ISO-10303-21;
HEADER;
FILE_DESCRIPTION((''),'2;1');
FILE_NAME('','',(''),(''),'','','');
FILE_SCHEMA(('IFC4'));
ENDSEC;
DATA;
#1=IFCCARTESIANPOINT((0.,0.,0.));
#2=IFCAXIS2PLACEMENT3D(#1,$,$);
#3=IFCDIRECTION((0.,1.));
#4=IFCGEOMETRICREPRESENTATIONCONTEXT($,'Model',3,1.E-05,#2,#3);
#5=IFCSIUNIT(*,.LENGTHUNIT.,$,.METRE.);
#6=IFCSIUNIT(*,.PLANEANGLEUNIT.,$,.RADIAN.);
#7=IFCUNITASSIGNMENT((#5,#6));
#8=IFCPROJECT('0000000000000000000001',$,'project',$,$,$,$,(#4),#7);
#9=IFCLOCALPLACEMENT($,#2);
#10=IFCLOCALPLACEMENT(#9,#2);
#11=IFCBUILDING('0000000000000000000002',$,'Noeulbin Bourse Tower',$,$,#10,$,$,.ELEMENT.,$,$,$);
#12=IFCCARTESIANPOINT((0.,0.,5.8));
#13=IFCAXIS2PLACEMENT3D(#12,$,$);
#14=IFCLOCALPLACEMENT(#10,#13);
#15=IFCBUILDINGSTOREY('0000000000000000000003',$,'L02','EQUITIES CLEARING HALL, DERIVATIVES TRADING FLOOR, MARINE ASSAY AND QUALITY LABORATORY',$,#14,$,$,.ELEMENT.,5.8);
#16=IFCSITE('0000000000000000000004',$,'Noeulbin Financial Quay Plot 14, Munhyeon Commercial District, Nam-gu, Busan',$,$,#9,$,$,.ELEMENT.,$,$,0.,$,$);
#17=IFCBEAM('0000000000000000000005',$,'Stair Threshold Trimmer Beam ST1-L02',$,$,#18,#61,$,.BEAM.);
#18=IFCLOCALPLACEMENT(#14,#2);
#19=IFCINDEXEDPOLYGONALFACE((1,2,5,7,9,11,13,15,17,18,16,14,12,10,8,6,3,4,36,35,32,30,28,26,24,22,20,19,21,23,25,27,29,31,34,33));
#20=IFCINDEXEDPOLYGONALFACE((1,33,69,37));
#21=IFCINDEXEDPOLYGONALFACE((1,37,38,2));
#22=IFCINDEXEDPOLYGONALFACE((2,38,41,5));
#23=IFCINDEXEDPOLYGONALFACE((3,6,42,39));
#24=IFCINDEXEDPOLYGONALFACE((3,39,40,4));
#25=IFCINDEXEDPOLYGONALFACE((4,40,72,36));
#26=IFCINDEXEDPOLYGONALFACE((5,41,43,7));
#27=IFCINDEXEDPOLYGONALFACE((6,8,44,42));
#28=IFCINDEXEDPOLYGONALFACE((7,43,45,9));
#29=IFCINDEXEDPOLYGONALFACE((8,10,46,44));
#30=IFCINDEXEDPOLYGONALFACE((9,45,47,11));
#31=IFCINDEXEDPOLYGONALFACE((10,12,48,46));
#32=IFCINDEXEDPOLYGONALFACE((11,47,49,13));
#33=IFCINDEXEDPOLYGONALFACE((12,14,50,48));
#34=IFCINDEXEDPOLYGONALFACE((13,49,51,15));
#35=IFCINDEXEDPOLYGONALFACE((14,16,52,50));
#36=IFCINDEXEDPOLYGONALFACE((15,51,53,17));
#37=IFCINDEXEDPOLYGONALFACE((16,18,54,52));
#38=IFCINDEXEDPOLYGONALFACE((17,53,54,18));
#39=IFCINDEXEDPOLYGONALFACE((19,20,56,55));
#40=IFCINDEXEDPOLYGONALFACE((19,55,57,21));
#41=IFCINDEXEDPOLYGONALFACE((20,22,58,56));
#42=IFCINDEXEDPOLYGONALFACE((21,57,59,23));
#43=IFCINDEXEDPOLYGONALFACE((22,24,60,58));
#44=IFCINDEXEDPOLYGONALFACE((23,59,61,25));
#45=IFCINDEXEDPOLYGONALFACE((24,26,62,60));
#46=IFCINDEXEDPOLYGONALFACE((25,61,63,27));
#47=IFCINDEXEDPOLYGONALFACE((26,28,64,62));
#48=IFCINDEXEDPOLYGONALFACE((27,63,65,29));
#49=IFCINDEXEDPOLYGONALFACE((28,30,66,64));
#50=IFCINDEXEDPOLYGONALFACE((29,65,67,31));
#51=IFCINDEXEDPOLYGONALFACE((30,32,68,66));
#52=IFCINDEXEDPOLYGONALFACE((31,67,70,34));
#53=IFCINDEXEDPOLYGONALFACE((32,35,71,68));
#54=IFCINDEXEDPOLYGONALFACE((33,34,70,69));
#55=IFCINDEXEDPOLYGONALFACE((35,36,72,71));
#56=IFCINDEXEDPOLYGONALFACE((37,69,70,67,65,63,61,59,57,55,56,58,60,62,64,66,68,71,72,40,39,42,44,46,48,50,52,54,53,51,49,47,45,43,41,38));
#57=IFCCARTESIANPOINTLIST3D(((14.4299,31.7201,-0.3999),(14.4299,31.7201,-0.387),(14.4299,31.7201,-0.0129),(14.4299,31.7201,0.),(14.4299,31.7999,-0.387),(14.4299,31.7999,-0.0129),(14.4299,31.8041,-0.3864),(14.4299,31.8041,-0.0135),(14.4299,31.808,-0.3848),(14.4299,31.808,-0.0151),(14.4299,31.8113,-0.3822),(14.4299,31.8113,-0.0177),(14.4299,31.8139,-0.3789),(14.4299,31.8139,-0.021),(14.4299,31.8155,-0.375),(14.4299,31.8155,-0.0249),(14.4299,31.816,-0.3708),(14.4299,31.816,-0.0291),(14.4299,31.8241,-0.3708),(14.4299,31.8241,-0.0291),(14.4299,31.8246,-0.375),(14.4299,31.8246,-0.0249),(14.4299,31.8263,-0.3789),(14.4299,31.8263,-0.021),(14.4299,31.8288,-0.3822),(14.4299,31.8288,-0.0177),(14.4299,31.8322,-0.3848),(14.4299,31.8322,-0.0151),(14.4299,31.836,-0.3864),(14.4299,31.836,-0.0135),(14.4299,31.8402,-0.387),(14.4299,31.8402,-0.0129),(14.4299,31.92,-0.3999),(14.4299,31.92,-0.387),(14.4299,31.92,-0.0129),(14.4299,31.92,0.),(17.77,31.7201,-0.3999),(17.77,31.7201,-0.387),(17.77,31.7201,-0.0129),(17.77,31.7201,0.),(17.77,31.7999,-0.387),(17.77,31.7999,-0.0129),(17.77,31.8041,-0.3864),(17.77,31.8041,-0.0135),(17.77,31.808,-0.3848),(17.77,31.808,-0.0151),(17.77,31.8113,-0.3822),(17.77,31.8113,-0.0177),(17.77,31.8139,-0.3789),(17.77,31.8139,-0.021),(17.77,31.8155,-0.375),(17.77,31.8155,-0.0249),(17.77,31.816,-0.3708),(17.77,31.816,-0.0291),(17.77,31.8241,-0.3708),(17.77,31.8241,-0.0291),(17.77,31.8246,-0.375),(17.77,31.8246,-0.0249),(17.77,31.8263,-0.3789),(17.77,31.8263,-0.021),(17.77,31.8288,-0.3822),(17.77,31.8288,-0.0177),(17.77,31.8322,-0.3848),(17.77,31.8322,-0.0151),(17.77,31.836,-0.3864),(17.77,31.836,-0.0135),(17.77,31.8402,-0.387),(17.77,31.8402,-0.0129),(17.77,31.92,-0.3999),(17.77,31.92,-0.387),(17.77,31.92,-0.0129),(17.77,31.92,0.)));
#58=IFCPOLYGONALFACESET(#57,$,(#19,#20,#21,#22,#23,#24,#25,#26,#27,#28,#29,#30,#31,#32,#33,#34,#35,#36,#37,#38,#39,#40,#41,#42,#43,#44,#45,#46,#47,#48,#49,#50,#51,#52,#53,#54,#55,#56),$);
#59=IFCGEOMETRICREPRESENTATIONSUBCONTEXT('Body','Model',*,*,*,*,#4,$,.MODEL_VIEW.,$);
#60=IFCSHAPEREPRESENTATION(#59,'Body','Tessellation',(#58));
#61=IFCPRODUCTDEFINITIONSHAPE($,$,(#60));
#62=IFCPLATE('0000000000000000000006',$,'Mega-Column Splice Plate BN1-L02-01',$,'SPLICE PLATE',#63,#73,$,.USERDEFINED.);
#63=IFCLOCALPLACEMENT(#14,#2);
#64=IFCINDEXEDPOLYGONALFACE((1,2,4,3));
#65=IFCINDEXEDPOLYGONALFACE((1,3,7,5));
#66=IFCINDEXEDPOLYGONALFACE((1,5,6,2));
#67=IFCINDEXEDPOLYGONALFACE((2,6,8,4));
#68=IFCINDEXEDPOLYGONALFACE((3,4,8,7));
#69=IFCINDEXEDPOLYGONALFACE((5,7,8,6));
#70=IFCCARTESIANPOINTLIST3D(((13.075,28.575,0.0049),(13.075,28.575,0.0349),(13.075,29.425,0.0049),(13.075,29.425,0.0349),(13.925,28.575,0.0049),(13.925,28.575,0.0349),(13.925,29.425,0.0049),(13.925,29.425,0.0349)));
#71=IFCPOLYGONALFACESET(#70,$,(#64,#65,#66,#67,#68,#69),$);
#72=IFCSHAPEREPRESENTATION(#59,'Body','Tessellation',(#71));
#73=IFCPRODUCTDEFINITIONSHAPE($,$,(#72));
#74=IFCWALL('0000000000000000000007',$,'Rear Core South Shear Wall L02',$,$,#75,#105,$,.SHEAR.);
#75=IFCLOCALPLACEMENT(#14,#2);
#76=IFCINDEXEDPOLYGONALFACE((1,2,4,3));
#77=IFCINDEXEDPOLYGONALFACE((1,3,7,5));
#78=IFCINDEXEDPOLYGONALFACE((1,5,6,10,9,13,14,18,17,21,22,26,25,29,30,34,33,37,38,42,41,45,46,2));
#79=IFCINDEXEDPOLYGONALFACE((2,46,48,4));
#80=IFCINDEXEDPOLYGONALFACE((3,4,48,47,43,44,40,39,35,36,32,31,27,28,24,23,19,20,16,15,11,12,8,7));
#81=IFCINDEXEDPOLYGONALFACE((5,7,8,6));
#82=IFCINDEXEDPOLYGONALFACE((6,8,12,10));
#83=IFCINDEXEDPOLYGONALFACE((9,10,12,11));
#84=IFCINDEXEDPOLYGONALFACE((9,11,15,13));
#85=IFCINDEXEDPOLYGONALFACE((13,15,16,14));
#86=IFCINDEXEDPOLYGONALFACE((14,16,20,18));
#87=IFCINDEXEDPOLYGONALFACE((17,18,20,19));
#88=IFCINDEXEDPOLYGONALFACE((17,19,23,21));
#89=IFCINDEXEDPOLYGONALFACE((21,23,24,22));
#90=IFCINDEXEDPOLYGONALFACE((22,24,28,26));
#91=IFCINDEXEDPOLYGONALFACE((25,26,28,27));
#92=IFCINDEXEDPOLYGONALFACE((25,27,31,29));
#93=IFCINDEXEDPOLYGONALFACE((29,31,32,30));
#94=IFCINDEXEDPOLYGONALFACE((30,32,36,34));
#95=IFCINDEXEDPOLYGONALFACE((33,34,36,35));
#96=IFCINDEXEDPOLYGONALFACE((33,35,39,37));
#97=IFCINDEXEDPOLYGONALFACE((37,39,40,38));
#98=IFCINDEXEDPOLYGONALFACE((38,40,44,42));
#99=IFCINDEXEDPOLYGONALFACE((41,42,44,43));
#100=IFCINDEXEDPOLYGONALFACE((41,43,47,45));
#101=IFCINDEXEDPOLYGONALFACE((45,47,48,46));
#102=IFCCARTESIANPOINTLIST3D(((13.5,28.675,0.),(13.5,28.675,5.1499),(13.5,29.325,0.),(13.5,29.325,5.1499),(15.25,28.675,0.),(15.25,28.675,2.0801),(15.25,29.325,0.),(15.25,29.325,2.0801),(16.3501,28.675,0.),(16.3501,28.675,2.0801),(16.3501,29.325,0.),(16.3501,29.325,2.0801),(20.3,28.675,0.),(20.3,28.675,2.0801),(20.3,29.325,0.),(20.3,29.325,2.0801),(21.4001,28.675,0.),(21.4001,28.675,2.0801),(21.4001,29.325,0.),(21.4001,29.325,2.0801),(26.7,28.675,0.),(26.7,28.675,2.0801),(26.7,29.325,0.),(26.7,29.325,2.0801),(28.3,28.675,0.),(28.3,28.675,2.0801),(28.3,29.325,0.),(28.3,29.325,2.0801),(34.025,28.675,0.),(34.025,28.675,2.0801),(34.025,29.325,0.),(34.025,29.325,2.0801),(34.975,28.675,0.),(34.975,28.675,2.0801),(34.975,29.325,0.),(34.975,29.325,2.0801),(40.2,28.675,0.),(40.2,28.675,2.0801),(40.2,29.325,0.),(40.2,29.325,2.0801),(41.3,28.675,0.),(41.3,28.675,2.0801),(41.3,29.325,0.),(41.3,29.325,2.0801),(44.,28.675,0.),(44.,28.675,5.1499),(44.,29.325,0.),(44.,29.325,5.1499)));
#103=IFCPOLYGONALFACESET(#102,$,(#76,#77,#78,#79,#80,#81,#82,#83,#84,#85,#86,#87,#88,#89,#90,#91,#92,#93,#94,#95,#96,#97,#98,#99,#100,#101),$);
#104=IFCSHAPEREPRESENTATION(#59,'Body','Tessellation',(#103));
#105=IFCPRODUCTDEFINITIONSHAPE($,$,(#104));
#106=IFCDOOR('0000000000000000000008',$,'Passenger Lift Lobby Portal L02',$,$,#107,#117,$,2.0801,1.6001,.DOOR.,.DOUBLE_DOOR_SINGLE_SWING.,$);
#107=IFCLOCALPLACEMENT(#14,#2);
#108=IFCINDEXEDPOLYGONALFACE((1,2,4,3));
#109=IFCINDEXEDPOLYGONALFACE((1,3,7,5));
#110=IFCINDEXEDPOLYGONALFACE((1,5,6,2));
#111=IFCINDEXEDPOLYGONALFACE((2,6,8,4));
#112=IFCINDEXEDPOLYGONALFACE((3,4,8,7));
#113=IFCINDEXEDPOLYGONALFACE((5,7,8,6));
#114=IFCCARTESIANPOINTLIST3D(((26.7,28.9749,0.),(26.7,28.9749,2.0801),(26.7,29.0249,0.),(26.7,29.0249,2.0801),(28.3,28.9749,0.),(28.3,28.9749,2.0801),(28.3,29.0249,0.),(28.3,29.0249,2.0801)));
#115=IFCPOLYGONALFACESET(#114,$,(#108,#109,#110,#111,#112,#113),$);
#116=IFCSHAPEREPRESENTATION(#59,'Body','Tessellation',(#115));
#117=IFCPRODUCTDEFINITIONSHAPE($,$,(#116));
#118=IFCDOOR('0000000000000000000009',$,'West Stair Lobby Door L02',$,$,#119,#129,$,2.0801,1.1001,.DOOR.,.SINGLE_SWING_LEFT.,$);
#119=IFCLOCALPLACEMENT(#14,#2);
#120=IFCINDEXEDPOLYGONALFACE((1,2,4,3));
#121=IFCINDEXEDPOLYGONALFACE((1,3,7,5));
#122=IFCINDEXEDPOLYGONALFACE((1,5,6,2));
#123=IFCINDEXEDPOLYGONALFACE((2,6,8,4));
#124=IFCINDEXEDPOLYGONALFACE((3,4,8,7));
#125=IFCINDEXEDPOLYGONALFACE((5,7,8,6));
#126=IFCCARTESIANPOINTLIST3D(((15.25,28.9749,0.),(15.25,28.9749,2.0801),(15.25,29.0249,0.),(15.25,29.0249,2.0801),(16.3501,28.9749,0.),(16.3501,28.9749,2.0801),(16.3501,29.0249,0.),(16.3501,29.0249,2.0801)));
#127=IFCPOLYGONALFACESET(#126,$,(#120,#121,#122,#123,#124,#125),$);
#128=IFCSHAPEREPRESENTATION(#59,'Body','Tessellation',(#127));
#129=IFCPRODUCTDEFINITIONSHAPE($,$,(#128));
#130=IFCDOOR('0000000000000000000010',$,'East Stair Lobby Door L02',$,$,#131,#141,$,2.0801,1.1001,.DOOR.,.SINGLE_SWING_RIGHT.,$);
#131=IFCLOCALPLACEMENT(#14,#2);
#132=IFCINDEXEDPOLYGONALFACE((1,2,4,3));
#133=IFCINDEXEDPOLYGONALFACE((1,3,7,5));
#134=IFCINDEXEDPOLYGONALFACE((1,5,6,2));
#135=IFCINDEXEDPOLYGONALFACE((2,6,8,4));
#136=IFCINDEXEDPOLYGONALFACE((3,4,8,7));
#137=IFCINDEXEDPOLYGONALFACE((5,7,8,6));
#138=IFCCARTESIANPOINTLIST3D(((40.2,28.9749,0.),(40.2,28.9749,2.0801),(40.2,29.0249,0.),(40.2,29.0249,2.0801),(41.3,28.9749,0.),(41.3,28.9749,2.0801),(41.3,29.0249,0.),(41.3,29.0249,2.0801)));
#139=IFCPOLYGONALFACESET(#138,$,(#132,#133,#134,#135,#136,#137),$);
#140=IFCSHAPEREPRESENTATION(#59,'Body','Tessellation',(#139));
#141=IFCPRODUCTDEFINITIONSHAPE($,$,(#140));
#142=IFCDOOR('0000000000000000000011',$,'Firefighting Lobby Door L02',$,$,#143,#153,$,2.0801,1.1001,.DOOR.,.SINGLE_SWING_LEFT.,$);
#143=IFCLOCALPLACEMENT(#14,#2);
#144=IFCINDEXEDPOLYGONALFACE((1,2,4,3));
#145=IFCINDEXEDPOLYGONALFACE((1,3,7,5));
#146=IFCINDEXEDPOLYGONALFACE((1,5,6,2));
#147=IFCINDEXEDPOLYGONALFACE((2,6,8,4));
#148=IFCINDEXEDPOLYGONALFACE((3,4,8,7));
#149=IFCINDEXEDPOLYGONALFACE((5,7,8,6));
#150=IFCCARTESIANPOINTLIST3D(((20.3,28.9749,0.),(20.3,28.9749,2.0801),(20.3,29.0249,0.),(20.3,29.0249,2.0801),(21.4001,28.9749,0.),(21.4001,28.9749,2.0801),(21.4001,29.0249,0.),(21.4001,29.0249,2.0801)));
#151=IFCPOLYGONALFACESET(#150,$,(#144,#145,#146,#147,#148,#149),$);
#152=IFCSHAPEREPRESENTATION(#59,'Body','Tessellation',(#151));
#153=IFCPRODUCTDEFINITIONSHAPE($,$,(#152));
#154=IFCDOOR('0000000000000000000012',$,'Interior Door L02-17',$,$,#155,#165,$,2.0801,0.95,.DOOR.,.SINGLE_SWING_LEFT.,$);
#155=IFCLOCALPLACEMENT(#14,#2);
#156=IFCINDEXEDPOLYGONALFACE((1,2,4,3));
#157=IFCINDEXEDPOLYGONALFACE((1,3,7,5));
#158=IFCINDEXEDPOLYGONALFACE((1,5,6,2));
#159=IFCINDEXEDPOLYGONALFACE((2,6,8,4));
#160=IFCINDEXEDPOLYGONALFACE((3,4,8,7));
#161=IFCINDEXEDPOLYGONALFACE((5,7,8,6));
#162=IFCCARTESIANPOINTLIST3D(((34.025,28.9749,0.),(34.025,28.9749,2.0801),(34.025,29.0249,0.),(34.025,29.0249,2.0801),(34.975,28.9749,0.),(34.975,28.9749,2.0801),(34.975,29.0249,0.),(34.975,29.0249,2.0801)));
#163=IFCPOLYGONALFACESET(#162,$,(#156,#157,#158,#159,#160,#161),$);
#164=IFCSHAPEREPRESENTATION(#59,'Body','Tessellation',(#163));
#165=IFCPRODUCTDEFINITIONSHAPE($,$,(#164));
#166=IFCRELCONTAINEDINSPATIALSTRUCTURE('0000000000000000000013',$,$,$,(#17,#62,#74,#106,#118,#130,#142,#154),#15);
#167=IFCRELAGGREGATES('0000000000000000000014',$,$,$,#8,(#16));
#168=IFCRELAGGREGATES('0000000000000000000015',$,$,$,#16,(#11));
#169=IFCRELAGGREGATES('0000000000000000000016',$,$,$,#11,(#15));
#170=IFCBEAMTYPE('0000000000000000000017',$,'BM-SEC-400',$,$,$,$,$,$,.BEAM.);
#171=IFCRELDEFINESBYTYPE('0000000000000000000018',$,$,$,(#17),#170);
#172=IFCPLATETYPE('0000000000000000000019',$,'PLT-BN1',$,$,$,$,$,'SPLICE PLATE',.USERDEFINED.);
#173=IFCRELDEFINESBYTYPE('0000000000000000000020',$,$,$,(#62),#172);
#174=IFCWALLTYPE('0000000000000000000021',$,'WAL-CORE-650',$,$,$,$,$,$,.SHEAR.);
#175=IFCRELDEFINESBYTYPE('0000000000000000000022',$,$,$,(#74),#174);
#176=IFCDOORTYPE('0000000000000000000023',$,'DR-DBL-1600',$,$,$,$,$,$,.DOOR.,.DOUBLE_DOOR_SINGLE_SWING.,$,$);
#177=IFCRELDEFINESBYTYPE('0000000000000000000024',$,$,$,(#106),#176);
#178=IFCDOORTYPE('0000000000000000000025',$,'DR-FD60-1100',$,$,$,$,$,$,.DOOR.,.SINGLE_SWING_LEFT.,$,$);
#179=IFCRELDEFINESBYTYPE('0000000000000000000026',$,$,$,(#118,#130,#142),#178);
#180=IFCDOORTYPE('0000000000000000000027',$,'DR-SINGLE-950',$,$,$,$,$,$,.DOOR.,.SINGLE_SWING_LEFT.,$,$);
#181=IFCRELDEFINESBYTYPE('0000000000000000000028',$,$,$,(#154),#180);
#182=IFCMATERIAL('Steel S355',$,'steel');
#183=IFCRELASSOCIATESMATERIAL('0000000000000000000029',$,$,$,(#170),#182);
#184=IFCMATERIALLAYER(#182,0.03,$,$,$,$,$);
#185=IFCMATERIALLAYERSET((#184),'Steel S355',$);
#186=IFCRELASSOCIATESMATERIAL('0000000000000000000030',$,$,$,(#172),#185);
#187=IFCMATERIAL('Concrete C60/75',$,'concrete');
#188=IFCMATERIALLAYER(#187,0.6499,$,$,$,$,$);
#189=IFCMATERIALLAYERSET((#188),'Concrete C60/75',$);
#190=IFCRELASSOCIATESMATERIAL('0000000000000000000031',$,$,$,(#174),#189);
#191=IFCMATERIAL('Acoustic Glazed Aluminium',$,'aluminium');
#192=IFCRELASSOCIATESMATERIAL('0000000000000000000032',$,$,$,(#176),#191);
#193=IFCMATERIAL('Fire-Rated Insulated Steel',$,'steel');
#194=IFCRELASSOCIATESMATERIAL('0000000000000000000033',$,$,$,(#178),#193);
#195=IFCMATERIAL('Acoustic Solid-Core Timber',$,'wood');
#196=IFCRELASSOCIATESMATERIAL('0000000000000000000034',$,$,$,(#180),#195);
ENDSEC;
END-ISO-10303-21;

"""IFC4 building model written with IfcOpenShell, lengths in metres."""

from ifc_helpers import new_model, si_unit, direction, frame, frame_2d, origin, origin_2d, place, context, subcontext, project, spatial, rectangle, i_section, extrude, material, layer, layer_set, material_profile, profile_set, type_object, element, fill, save


model = new_model("IFC4")

# Units and contexts
model_context = context("Model", 3, precision=1e-05, world=origin(), true_north=direction((0.0, 1.0)))
body_context = subcontext(model_context, "Body", "Model", "MODEL_VIEW")
ifc_project = project(units=[si_unit("LENGTHUNIT", "METRE"), si_unit("PLANEANGLEUNIT", "RADIAN")], contexts=[model_context])

# Site, building, storey
site_placement = place(None, origin())
site = spatial("IfcSite", under=ifc_project, at=site_placement, Name="Noeulbin Financial Quay Plot 14, Munhyeon Commercial District, Nam-gu, Busan", CompositionType="ELEMENT", RefElevation=0.0)
building_placement = place(site_placement, origin())
building = spatial("IfcBuilding", under=site, at=building_placement, Name="Noeulbin Bourse Tower", CompositionType="ELEMENT")
storey_placement = place(building_placement, frame((0.0, 0.0, 5.8)))
storey = spatial("IfcBuildingStorey", under=building, at=storey_placement, Name="L02", Description="EQUITIES CLEARING HALL, DERIVATIVES TRADING FLOOR, MARINE ASSAY AND QUALITY LABORATORY", CompositionType="ELEMENT", Elevation=5.8)

# Beam
ifc_material_1 = material(Name="Steel S355", Category="steel")
ifc_material_profile_1 = material_profile(ifc_material_1, i_section(OverallWidth=0.2, OverallDepth=0.3999, WebThickness=0.0081, FlangeThickness=0.0129, FilletRadius=0.0161, at=origin_2d()), Name="H-400x200x8x13", Category="LoadBearing")
ifc_profile_set_1 = profile_set([ifc_material_profile_1], Name="Steel S355")
beam_type_1 = type_object("IfcBeamType", Name="BM-SEC-400", PredefinedType="BEAM", material=ifc_profile_set_1)
beam_1_placement = place(storey_placement, frame((14.4299, 31.8201, -0.2), z_axis=(1.0, 0.0, 0.0), x_axis=(0.0, 1.0, 0.0)))
element("IfcBeam", 1, at=beam_1_placement, inside=storey, type_object=beam_type_1, Name="Stair Threshold Trimmer Beam ST1-L02", PredefinedType="BEAM", context=body_context, shape_type="SweptSolid", body=[
    extrude(i_section(OverallWidth=0.2, OverallDepth=0.3999, WebThickness=0.0081, FlangeThickness=0.0129, FilletRadius=0.0161, at=origin_2d()), origin(), (0.0, 0.0, 1.0), 3.3401),
])

# Plate
ifc_layer_1 = layer(ifc_material_1, 0.03)
ifc_layer_set_1 = layer_set([ifc_layer_1], Name="Steel S355")
plate_type = type_object("IfcPlateType", Name="PLT-BN1", ElementType="SPLICE PLATE", PredefinedType="USERDEFINED", material=ifc_layer_set_1)
plate_placement = place(storey_placement, frame((13.5, 29.0, 0.0049), z_axis=(0.0, 0.0, 1.0), x_axis=(1.0, 0.0, 0.0)))
element("IfcPlate", 2, at=plate_placement, inside=storey, type_object=plate_type, Name="Mega-Column Splice Plate BN1-L02-01", ObjectType="SPLICE PLATE", PredefinedType="USERDEFINED", context=body_context, shape_type="SweptSolid", body=[
    extrude(rectangle(XDim=0.8501, YDim=0.8501, at=origin_2d()), origin(), (0.0, 0.0, 1.0), 0.03),
])

# Wall, openings, doors
ifc_material_2 = material(Name="Concrete C60/75", Category="concrete")
ifc_layer_2 = layer(ifc_material_2, 0.6499)
ifc_layer_set_2 = layer_set([ifc_layer_2], Name="Concrete C60/75")
wall_type_1 = type_object("IfcWallType", Name="WAL-CORE-650", PredefinedType="SHEAR", material=ifc_layer_set_2)
wall_1_placement = place(storey_placement, frame((13.5, 29.0, 0.0), z_axis=(0.0, 0.0, 1.0), x_axis=(1.0, 0.0, 0.0)))
wall_1 = element("IfcWall", 3, at=wall_1_placement, inside=storey, type_object=wall_type_1, Name="Rear Core South Shear Wall L02", PredefinedType="SHEAR", context=body_context, shape_type="SweptSolid", body=[
    extrude(rectangle(XDim=30.5, YDim=0.6499, at=frame_2d((15.25, 0.0))), origin(), (0.0, 0.0, 1.0), 5.1499),
])
opening_1_placement = place(wall_1_placement, frame((1.75, 0.0, 0.0)))
opening_1 = element("IfcOpeningElement", 4, at=opening_1_placement, cuts=wall_1, PredefinedType="OPENING", context=body_context, shape_type="SweptSolid", body=[
    extrude(rectangle(XDim=1.1001, YDim=2.0801, at=frame_2d((0.55, 1.04))), frame((0.0, 0.335, 0.0), z_axis=(0.0, -1.0, 0.0), x_axis=(1.0, 0.0, 0.0)), (0.0, 0.0, 1.0), 0.6699),
])
opening_2_placement = place(wall_1_placement, frame((26.7, 0.0, 0.0)))
opening_2 = element("IfcOpeningElement", 5, at=opening_2_placement, cuts=wall_1, PredefinedType="OPENING", context=body_context, shape_type="SweptSolid", body=[
    extrude(rectangle(XDim=1.1001, YDim=2.0801, at=frame_2d((0.55, 1.04))), frame((0.0, 0.335, 0.0), z_axis=(0.0, -1.0, 0.0), x_axis=(1.0, 0.0, 0.0)), (0.0, 0.0, 1.0), 0.6699),
])
opening_3_placement = place(wall_1_placement, frame((6.8, 0.0, 0.0)))
opening_3 = element("IfcOpeningElement", 6, at=opening_3_placement, cuts=wall_1, PredefinedType="OPENING", context=body_context, shape_type="SweptSolid", body=[
    extrude(rectangle(XDim=1.1001, YDim=2.0801, at=frame_2d((0.55, 1.04))), frame((0.0, 0.335, 0.0), z_axis=(0.0, -1.0, 0.0), x_axis=(1.0, 0.0, 0.0)), (0.0, 0.0, 1.0), 0.6699),
])
opening_4_placement = place(wall_1_placement, frame((13.2, 0.0, 0.0)))
opening_4 = element("IfcOpeningElement", 7, at=opening_4_placement, cuts=wall_1, PredefinedType="OPENING", context=body_context, shape_type="SweptSolid", body=[
    extrude(rectangle(XDim=1.6001, YDim=2.0801, at=frame_2d((0.8, 1.04))), frame((0.0, 0.335, 0.0), z_axis=(0.0, -1.0, 0.0), x_axis=(1.0, 0.0, 0.0)), (0.0, 0.0, 1.0), 0.6699),
])
opening_5_placement = place(wall_1_placement, frame((20.5249, 0.0, 0.0)))
opening_5 = element("IfcOpeningElement", 8, at=opening_5_placement, cuts=wall_1, PredefinedType="OPENING", context=body_context, shape_type="SweptSolid", body=[
    extrude(rectangle(XDim=0.95, YDim=2.0801, at=frame_2d((0.4751, 1.04))), frame((0.0, 0.335, 0.0), z_axis=(0.0, -1.0, 0.0), x_axis=(1.0, 0.0, 0.0)), (0.0, 0.0, 1.0), 0.6699),
])
ifc_material_3 = material(Name="Acoustic Glazed Aluminium", Category="aluminium")
door_type_1 = type_object("IfcDoorType", Name="DR-DBL-1600", OperationType="DOUBLE_DOOR_SINGLE_SWING", PredefinedType="DOOR", material=ifc_material_3)
door_1_placement = place(opening_4_placement, origin())
door_1 = element("IfcDoor", 9, at=door_1_placement, inside=storey, type_object=door_type_1, Name="Passenger Lift Lobby Portal L02", OperationType="DOUBLE_DOOR_SINGLE_SWING", OverallHeight=2.0801, OverallWidth=1.6001, PredefinedType="DOOR", context=body_context, shape_type="SweptSolid", body=[
    extrude(rectangle(XDim=1.6001, YDim=2.0801, at=frame_2d((0.8, 1.04))), frame((0.0, 0.0249, 0.0), z_axis=(0.0, -1.0, 0.0), x_axis=(1.0, 0.0, 0.0)), (0.0, 0.0, 1.0), 0.05),
])
fill(opening_4, door_1)
ifc_material_4 = material(Name="Fire-Rated Insulated Steel", Category="steel")
door_type_2 = type_object("IfcDoorType", Name="DR-FD60-1100", OperationType="SINGLE_SWING_LEFT", PredefinedType="DOOR", material=ifc_material_4)
door_2_placement = place(opening_1_placement, origin())
door_2 = element("IfcDoor", 10, at=door_2_placement, inside=storey, type_object=door_type_2, Name="West Stair Lobby Door L02", OperationType="SINGLE_SWING_LEFT", OverallHeight=2.0801, OverallWidth=1.1001, PredefinedType="DOOR", context=body_context, shape_type="SweptSolid", body=[
    extrude(rectangle(XDim=1.1001, YDim=2.0801, at=frame_2d((0.55, 1.04))), frame((0.0, 0.0249, 0.0), z_axis=(0.0, -1.0, 0.0), x_axis=(1.0, 0.0, 0.0)), (0.0, 0.0, 1.0), 0.05),
])
fill(opening_1, door_2)
door_3_placement = place(opening_2_placement, origin())
door_3 = element("IfcDoor", 11, at=door_3_placement, inside=storey, type_object=door_type_2, Name="East Stair Lobby Door L02", OperationType="SINGLE_SWING_RIGHT", OverallHeight=2.0801, OverallWidth=1.1001, PredefinedType="DOOR", context=body_context, shape_type="SweptSolid", body=[
    extrude(rectangle(XDim=1.1001, YDim=2.0801, at=frame_2d((0.55, 1.04))), frame((0.0, 0.0249, 0.0), z_axis=(0.0, -1.0, 0.0), x_axis=(1.0, 0.0, 0.0)), (0.0, 0.0, 1.0), 0.05),
])
fill(opening_2, door_3)
door_4_placement = place(opening_3_placement, origin())
door_4 = element("IfcDoor", 12, at=door_4_placement, inside=storey, type_object=door_type_2, Name="Firefighting Lobby Door L02", OperationType="SINGLE_SWING_LEFT", OverallHeight=2.0801, OverallWidth=1.1001, PredefinedType="DOOR", context=body_context, shape_type="SweptSolid", body=[
    extrude(rectangle(XDim=1.1001, YDim=2.0801, at=frame_2d((0.55, 1.04))), frame((0.0, 0.0249, 0.0), z_axis=(0.0, -1.0, 0.0), x_axis=(1.0, 0.0, 0.0)), (0.0, 0.0, 1.0), 0.05),
])
fill(opening_3, door_4)
ifc_material_5 = material(Name="Acoustic Solid-Core Timber", Category="wood")
door_type_3 = type_object("IfcDoorType", Name="DR-SINGLE-950", OperationType="SINGLE_SWING_LEFT", PredefinedType="DOOR", material=ifc_material_5)
door_5_placement = place(opening_5_placement, origin())
door_5 = element("IfcDoor", 13, at=door_5_placement, inside=storey, type_object=door_type_3, Name="Interior Door L02-17", OperationType="SINGLE_SWING_LEFT", OverallHeight=2.0801, OverallWidth=0.95, PredefinedType="DOOR", context=body_context, shape_type="SweptSolid", body=[
    extrude(rectangle(XDim=0.95, YDim=2.0801, at=frame_2d((0.4751, 1.04))), frame((0.0, 0.0249, 0.0), z_axis=(0.0, -1.0, 0.0), x_axis=(1.0, 0.0, 0.0)), (0.0, 0.0, 1.0), 0.05),
])
fill(opening_5, door_5)

save(model, "model.ifc")
